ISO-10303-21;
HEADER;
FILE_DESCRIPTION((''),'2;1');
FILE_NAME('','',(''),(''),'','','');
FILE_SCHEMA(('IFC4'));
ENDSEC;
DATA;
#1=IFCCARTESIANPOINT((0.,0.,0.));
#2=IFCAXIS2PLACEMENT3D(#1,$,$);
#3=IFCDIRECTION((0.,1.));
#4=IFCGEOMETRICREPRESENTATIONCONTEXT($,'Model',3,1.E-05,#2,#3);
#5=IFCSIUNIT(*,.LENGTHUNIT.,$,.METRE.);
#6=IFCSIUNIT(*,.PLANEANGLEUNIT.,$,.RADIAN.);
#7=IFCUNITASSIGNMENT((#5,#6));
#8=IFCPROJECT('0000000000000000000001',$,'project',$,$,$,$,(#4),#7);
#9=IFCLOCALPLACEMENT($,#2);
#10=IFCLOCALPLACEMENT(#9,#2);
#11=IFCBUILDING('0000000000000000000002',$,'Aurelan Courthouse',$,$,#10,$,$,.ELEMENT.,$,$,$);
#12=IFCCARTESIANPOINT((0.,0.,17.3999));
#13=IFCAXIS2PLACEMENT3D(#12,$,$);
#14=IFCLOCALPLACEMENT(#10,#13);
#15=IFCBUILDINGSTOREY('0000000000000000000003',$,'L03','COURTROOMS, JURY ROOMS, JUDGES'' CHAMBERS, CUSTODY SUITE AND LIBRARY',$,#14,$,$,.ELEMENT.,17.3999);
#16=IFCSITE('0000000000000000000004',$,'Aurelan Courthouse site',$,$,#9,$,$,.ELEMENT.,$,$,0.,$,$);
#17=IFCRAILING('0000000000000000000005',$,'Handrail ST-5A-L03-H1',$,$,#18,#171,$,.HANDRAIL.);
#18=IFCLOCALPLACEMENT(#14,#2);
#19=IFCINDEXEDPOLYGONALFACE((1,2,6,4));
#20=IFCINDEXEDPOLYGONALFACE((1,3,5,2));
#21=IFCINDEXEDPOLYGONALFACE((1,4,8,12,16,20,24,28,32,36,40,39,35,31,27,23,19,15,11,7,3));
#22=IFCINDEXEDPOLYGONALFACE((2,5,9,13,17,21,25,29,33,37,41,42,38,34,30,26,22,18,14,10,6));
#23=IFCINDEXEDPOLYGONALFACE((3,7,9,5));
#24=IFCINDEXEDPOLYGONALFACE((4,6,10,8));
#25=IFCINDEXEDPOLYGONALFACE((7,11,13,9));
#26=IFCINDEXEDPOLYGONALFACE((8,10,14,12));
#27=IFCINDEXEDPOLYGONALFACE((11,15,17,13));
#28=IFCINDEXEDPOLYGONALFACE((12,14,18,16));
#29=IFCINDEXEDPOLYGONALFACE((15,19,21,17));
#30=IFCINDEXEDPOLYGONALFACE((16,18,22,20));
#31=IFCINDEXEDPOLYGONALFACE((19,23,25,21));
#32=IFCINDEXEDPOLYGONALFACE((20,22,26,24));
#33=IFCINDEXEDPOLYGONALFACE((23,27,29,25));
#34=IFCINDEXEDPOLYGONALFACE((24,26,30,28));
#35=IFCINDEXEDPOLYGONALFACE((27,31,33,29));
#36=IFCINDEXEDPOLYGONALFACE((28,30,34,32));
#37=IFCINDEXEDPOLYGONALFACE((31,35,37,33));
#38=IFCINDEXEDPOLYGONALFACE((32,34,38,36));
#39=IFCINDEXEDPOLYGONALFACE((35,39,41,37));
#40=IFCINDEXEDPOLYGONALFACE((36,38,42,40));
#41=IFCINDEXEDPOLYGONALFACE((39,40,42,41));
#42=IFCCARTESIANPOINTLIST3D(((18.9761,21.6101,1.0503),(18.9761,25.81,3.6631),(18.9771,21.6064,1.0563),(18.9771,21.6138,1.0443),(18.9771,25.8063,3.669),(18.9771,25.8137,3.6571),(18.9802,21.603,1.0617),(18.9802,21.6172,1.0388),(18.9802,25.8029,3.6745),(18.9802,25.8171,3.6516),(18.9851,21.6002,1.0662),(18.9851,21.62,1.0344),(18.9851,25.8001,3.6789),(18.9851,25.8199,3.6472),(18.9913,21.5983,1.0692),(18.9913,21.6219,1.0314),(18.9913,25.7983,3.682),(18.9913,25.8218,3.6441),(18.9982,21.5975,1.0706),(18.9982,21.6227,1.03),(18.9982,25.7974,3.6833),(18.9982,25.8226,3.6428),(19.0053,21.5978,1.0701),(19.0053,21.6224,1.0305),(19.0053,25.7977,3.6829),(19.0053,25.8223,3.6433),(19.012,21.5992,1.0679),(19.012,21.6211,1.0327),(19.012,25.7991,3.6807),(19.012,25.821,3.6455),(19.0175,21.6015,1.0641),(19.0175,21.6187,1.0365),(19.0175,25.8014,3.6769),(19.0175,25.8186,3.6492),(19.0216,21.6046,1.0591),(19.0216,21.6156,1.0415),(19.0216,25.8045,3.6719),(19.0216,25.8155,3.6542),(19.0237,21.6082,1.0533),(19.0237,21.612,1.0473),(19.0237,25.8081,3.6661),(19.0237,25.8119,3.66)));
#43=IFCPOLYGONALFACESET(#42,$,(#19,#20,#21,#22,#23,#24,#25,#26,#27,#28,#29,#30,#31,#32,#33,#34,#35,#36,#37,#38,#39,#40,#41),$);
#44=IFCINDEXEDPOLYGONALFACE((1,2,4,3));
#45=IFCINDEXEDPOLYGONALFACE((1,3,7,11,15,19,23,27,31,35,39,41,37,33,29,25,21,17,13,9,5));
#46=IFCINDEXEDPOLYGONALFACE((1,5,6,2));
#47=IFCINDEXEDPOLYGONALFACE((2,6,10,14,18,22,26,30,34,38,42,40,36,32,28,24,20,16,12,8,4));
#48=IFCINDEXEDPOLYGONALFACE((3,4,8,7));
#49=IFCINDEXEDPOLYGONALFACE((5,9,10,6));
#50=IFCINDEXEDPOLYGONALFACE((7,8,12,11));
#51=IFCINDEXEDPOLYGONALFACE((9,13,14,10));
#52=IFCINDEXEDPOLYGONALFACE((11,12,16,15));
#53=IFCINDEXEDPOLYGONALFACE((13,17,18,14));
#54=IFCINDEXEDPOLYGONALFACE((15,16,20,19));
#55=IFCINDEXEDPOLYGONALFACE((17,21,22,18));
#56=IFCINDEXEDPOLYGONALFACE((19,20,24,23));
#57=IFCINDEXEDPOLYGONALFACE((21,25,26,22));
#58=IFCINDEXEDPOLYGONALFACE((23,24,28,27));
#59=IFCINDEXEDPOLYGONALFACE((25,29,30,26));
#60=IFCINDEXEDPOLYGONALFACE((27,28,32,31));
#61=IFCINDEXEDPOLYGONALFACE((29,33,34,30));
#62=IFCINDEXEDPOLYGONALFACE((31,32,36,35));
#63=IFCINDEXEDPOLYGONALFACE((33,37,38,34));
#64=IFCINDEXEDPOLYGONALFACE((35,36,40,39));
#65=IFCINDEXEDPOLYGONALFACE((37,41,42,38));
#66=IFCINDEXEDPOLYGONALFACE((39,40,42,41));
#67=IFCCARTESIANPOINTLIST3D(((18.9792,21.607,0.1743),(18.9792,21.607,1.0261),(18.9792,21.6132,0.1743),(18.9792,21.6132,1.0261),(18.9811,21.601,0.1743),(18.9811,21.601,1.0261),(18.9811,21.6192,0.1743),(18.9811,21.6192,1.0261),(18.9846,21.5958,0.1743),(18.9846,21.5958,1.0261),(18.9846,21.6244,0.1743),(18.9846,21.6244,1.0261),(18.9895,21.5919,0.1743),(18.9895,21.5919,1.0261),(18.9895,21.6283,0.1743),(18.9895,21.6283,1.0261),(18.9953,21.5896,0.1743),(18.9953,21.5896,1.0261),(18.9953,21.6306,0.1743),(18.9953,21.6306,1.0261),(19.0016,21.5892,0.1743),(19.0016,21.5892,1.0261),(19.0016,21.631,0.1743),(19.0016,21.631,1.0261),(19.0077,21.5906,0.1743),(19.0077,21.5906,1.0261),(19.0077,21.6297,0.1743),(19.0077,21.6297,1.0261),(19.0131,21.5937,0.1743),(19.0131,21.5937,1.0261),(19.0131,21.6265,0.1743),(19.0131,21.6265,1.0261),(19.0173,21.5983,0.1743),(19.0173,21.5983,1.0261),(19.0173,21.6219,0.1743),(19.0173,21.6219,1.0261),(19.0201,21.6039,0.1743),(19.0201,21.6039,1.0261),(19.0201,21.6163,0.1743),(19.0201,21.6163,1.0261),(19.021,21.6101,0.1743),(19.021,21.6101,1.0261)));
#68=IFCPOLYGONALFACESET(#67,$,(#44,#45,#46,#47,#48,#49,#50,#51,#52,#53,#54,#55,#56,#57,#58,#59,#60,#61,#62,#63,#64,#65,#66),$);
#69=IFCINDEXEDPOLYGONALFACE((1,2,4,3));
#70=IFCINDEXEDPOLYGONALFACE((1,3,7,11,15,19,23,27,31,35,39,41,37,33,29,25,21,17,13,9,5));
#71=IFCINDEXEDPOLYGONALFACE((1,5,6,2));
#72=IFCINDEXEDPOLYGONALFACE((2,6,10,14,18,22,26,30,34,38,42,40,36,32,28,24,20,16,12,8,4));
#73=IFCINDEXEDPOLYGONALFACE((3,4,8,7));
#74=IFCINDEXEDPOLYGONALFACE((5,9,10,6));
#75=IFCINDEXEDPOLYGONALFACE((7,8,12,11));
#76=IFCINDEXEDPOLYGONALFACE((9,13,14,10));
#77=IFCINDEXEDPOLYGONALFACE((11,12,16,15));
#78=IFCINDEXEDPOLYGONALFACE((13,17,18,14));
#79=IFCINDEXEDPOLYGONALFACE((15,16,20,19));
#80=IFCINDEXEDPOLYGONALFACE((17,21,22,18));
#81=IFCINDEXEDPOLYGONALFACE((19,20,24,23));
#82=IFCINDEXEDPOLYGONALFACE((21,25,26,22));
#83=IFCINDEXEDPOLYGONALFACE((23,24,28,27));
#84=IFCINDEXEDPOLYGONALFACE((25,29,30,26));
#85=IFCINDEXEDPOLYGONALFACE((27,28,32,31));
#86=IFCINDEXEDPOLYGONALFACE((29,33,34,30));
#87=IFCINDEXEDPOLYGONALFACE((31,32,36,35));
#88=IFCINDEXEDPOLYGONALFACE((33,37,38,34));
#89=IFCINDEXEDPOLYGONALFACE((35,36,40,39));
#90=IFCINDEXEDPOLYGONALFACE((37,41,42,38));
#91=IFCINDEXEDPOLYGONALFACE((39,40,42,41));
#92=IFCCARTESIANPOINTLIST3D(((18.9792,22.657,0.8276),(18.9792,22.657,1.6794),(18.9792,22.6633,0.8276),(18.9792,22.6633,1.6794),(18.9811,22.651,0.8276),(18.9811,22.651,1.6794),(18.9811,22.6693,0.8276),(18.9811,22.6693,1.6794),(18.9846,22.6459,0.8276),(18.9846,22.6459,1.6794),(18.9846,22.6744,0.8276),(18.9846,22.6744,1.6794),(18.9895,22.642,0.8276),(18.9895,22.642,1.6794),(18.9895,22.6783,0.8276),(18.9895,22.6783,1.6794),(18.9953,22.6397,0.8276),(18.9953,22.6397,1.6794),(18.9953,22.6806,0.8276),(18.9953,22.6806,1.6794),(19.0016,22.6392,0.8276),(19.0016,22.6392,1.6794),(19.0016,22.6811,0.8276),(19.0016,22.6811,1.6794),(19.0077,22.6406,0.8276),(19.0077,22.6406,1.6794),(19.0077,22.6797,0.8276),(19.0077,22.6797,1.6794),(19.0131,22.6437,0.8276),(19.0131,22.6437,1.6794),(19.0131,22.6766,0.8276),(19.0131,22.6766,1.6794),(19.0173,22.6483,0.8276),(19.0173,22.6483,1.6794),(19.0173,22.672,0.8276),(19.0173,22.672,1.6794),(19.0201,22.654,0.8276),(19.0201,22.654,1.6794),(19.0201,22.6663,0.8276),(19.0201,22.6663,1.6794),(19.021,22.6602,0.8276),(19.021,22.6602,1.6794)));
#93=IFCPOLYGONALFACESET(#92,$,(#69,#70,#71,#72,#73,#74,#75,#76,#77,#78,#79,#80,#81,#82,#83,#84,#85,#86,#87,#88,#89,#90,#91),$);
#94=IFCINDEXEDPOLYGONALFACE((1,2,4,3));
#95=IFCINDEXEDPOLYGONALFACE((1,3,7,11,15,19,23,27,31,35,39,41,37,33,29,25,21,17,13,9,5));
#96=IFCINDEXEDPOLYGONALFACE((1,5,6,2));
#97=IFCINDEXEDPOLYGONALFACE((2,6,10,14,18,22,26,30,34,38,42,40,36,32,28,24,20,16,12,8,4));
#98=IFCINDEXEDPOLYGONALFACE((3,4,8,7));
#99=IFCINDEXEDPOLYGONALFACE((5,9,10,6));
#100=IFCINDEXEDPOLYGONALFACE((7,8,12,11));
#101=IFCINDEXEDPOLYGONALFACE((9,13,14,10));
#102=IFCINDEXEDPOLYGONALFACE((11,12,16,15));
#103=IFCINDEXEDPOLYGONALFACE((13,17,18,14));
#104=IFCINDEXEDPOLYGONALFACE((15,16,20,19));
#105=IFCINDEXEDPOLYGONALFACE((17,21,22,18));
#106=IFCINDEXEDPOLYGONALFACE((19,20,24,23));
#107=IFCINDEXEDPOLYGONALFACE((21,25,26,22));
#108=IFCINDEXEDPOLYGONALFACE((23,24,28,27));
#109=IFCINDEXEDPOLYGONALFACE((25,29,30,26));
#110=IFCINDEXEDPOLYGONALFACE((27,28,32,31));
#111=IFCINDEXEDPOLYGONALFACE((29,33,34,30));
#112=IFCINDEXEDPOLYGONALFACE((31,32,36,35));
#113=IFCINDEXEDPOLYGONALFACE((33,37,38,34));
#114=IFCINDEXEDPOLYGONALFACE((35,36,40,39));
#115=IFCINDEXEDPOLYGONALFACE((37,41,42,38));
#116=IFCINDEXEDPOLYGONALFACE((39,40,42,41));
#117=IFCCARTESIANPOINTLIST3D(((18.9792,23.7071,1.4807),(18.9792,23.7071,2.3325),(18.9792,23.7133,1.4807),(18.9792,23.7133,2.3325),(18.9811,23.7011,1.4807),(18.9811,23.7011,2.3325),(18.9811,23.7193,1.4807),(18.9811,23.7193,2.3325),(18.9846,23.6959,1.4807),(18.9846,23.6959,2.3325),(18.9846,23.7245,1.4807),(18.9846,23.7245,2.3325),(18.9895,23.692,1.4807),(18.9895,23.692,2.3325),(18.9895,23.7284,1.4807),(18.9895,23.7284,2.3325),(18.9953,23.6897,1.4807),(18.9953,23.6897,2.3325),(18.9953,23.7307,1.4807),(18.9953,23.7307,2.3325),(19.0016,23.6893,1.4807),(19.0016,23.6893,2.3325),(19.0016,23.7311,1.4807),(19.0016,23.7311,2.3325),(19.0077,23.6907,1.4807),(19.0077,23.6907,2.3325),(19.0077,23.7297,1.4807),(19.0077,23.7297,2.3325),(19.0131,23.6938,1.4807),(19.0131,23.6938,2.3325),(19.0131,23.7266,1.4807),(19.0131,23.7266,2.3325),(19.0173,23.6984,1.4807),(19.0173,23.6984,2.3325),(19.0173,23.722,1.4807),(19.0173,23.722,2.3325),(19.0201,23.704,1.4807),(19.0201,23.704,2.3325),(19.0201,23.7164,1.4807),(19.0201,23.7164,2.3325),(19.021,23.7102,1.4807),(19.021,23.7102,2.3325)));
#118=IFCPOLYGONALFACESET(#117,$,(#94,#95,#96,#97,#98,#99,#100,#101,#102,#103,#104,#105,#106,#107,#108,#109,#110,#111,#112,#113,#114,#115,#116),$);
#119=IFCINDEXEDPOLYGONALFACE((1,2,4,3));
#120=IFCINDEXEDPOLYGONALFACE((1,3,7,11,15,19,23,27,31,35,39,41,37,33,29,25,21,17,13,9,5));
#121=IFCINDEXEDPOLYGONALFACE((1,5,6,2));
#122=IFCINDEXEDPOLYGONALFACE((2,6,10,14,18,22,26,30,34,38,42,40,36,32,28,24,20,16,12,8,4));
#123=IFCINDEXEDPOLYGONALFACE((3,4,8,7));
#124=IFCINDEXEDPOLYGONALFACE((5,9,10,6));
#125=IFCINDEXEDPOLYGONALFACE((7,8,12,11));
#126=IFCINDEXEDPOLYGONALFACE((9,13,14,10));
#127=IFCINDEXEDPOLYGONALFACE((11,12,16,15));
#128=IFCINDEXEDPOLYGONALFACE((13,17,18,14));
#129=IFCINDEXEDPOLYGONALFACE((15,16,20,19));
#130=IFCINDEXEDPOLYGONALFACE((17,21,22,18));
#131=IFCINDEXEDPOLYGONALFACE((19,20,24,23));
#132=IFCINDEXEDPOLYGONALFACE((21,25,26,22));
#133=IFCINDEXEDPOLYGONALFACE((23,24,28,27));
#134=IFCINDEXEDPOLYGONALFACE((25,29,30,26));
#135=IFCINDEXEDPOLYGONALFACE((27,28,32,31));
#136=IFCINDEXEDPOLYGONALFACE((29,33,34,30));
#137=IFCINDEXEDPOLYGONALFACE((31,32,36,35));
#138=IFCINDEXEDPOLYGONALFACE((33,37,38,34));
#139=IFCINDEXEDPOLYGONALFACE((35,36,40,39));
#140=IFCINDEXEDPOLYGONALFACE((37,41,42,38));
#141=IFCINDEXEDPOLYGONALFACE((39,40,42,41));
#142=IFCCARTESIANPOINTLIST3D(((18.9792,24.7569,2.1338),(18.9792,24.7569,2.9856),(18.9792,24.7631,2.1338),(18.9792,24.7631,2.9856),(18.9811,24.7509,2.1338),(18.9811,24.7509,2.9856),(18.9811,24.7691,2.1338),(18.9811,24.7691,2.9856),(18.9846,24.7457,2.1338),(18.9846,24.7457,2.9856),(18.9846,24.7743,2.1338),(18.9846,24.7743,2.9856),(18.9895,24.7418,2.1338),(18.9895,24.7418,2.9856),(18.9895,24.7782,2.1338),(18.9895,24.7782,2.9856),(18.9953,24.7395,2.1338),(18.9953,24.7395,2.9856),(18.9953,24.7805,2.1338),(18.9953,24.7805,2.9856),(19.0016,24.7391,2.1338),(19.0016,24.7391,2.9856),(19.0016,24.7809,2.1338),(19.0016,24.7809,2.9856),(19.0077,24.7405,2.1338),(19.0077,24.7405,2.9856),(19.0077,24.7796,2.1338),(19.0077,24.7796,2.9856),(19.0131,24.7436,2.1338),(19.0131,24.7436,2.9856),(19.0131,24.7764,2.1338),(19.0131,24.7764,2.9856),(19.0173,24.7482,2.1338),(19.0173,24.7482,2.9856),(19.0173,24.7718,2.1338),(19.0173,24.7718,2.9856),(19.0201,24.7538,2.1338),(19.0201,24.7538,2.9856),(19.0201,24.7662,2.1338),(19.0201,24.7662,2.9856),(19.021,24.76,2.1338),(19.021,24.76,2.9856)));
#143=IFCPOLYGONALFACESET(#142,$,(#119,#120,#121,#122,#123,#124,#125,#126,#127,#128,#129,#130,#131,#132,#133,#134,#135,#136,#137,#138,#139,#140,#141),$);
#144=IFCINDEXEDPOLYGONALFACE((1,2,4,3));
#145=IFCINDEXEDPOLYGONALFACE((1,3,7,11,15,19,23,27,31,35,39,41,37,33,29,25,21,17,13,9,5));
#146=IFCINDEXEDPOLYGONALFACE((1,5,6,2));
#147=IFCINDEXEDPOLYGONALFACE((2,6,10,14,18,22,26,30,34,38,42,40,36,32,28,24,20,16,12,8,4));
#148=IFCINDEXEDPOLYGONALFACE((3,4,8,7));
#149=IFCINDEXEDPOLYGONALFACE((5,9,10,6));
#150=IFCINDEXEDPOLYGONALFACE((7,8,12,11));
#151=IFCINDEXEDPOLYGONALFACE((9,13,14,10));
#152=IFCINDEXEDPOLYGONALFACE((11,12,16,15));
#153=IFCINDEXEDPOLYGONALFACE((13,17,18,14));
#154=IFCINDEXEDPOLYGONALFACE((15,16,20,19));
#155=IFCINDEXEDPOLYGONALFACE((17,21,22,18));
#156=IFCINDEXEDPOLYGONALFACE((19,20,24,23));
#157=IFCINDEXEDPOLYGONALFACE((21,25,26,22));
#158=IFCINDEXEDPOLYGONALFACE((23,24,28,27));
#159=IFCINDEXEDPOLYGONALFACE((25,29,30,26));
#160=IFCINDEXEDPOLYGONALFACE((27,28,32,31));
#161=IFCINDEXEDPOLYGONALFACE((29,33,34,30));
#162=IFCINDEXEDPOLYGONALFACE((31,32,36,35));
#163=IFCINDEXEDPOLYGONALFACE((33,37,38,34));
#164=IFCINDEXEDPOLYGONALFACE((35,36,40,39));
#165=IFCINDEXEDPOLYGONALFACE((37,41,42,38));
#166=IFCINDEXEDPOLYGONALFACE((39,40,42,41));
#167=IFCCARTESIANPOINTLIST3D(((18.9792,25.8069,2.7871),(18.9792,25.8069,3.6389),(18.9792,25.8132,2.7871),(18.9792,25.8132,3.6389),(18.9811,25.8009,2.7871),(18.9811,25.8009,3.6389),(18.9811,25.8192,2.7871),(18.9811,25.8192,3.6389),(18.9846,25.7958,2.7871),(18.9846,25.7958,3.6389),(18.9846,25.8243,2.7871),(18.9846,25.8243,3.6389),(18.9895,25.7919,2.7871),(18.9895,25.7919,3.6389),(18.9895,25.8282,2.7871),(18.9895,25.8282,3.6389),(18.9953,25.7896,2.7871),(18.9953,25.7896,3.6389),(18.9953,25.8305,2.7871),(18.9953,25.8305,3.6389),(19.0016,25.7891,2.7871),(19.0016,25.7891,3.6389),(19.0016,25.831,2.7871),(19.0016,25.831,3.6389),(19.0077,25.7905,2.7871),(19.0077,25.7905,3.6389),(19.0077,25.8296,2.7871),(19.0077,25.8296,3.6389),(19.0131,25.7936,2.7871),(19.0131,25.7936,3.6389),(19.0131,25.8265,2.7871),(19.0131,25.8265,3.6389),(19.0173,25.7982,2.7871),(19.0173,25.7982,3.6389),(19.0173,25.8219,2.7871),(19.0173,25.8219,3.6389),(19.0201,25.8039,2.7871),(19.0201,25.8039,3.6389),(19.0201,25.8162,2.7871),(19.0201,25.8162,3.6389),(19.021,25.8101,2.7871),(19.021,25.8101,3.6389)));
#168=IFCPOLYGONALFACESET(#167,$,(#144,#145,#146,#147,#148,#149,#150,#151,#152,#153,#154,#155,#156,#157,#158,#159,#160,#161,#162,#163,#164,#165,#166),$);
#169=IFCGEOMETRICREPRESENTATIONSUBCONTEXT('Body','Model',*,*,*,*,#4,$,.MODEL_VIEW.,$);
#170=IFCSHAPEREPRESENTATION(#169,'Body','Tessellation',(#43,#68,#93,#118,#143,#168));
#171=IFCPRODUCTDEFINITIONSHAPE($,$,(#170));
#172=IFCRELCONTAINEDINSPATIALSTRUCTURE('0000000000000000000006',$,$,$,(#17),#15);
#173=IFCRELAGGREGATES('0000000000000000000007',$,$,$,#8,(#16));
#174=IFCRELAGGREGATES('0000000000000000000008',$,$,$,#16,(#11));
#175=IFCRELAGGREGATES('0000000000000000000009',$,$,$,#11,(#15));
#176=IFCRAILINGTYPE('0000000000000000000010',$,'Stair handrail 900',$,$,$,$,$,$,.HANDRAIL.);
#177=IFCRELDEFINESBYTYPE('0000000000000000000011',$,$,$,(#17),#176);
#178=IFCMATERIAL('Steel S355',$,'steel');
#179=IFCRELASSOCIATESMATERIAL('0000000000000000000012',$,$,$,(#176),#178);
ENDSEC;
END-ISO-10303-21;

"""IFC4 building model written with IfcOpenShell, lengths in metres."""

from ifc_helpers import new_model, si_unit, direction, frame, origin, origin_2d, place, context, subcontext, project, spatial, circle, extrude, material, type_object, element, save


model = new_model("IFC4")

# Units and contexts
model_context = context("Model", 3, precision=1e-05, world=origin(), true_north=direction((0.0, 1.0)))
body_context = subcontext(model_context, "Body", "Model", "MODEL_VIEW")
ifc_project = project(units=[si_unit("LENGTHUNIT", "METRE"), si_unit("PLANEANGLEUNIT", "RADIAN")], contexts=[model_context])

# Site, building, storey
site_placement = place(None, origin())
site = spatial("IfcSite", under=ifc_project, at=site_placement, Name="Aurelan Courthouse site", CompositionType="ELEMENT", RefElevation=0.0)
building_placement = place(site_placement, origin())
building = spatial("IfcBuilding", under=site, at=building_placement, Name="Aurelan Courthouse", CompositionType="ELEMENT")
storey_placement = place(building_placement, frame((0.0, 0.0, 17.3999)))
storey = spatial("IfcBuildingStorey", under=building, at=storey_placement, Name="L03", Description="COURTROOMS, JURY ROOMS, JUDGES' CHAMBERS, CUSTODY SUITE AND LIBRARY", CompositionType="ELEMENT", Elevation=17.3999)

# Railing
ifc_material_1 = material(Name="Steel S355", Category="steel")
railing_type = type_object("IfcRailingType", Name="Stair handrail 900", PredefinedType="HANDRAIL", material=ifc_material_1)
for number, where, name in (
    (1, (19.0, 21.6101, 0.1743), "Handrail ST-5A-L03-H1"),
):
    element("IfcRailing", number, at=place(storey_placement, frame(where)), inside=storey, type_object=railing_type, Name=name, PredefinedType="HANDRAIL", context=body_context, shape_type="SweptSolid", body=[
        extrude(circle(Radius=0.0239, at=origin_2d()), frame((0.0, 0.0, 0.876), z_axis=(0.0, 0.849103, 0.528228), x_axis=(-1.0, 0.0, 0.0)), (0.0, 0.0, 1.0), 4.9463),
        extrude(circle(Radius=0.021, at=origin_2d()), origin(), (0.0, 0.0, 1.0), 0.8518),
        extrude(circle(Radius=0.021, at=origin_2d()), frame((0.0, 1.05, 0.6533)), (0.0, 0.0, 1.0), 0.8518),
        extrude(circle(Radius=0.021, at=origin_2d()), frame((0.0, 2.1001, 1.3064)), (0.0, 0.0, 1.0), 0.8518),
        extrude(circle(Radius=0.021, at=origin_2d()), frame((0.0, 3.1499, 1.9595)), (0.0, 0.0, 1.0), 0.8518),
        extrude(circle(Radius=0.021, at=origin_2d()), frame((0.0, 4.2, 2.6128)), (0.0, 0.0, 1.0), 0.8518),
    ])

save(model, "model.ifc")
